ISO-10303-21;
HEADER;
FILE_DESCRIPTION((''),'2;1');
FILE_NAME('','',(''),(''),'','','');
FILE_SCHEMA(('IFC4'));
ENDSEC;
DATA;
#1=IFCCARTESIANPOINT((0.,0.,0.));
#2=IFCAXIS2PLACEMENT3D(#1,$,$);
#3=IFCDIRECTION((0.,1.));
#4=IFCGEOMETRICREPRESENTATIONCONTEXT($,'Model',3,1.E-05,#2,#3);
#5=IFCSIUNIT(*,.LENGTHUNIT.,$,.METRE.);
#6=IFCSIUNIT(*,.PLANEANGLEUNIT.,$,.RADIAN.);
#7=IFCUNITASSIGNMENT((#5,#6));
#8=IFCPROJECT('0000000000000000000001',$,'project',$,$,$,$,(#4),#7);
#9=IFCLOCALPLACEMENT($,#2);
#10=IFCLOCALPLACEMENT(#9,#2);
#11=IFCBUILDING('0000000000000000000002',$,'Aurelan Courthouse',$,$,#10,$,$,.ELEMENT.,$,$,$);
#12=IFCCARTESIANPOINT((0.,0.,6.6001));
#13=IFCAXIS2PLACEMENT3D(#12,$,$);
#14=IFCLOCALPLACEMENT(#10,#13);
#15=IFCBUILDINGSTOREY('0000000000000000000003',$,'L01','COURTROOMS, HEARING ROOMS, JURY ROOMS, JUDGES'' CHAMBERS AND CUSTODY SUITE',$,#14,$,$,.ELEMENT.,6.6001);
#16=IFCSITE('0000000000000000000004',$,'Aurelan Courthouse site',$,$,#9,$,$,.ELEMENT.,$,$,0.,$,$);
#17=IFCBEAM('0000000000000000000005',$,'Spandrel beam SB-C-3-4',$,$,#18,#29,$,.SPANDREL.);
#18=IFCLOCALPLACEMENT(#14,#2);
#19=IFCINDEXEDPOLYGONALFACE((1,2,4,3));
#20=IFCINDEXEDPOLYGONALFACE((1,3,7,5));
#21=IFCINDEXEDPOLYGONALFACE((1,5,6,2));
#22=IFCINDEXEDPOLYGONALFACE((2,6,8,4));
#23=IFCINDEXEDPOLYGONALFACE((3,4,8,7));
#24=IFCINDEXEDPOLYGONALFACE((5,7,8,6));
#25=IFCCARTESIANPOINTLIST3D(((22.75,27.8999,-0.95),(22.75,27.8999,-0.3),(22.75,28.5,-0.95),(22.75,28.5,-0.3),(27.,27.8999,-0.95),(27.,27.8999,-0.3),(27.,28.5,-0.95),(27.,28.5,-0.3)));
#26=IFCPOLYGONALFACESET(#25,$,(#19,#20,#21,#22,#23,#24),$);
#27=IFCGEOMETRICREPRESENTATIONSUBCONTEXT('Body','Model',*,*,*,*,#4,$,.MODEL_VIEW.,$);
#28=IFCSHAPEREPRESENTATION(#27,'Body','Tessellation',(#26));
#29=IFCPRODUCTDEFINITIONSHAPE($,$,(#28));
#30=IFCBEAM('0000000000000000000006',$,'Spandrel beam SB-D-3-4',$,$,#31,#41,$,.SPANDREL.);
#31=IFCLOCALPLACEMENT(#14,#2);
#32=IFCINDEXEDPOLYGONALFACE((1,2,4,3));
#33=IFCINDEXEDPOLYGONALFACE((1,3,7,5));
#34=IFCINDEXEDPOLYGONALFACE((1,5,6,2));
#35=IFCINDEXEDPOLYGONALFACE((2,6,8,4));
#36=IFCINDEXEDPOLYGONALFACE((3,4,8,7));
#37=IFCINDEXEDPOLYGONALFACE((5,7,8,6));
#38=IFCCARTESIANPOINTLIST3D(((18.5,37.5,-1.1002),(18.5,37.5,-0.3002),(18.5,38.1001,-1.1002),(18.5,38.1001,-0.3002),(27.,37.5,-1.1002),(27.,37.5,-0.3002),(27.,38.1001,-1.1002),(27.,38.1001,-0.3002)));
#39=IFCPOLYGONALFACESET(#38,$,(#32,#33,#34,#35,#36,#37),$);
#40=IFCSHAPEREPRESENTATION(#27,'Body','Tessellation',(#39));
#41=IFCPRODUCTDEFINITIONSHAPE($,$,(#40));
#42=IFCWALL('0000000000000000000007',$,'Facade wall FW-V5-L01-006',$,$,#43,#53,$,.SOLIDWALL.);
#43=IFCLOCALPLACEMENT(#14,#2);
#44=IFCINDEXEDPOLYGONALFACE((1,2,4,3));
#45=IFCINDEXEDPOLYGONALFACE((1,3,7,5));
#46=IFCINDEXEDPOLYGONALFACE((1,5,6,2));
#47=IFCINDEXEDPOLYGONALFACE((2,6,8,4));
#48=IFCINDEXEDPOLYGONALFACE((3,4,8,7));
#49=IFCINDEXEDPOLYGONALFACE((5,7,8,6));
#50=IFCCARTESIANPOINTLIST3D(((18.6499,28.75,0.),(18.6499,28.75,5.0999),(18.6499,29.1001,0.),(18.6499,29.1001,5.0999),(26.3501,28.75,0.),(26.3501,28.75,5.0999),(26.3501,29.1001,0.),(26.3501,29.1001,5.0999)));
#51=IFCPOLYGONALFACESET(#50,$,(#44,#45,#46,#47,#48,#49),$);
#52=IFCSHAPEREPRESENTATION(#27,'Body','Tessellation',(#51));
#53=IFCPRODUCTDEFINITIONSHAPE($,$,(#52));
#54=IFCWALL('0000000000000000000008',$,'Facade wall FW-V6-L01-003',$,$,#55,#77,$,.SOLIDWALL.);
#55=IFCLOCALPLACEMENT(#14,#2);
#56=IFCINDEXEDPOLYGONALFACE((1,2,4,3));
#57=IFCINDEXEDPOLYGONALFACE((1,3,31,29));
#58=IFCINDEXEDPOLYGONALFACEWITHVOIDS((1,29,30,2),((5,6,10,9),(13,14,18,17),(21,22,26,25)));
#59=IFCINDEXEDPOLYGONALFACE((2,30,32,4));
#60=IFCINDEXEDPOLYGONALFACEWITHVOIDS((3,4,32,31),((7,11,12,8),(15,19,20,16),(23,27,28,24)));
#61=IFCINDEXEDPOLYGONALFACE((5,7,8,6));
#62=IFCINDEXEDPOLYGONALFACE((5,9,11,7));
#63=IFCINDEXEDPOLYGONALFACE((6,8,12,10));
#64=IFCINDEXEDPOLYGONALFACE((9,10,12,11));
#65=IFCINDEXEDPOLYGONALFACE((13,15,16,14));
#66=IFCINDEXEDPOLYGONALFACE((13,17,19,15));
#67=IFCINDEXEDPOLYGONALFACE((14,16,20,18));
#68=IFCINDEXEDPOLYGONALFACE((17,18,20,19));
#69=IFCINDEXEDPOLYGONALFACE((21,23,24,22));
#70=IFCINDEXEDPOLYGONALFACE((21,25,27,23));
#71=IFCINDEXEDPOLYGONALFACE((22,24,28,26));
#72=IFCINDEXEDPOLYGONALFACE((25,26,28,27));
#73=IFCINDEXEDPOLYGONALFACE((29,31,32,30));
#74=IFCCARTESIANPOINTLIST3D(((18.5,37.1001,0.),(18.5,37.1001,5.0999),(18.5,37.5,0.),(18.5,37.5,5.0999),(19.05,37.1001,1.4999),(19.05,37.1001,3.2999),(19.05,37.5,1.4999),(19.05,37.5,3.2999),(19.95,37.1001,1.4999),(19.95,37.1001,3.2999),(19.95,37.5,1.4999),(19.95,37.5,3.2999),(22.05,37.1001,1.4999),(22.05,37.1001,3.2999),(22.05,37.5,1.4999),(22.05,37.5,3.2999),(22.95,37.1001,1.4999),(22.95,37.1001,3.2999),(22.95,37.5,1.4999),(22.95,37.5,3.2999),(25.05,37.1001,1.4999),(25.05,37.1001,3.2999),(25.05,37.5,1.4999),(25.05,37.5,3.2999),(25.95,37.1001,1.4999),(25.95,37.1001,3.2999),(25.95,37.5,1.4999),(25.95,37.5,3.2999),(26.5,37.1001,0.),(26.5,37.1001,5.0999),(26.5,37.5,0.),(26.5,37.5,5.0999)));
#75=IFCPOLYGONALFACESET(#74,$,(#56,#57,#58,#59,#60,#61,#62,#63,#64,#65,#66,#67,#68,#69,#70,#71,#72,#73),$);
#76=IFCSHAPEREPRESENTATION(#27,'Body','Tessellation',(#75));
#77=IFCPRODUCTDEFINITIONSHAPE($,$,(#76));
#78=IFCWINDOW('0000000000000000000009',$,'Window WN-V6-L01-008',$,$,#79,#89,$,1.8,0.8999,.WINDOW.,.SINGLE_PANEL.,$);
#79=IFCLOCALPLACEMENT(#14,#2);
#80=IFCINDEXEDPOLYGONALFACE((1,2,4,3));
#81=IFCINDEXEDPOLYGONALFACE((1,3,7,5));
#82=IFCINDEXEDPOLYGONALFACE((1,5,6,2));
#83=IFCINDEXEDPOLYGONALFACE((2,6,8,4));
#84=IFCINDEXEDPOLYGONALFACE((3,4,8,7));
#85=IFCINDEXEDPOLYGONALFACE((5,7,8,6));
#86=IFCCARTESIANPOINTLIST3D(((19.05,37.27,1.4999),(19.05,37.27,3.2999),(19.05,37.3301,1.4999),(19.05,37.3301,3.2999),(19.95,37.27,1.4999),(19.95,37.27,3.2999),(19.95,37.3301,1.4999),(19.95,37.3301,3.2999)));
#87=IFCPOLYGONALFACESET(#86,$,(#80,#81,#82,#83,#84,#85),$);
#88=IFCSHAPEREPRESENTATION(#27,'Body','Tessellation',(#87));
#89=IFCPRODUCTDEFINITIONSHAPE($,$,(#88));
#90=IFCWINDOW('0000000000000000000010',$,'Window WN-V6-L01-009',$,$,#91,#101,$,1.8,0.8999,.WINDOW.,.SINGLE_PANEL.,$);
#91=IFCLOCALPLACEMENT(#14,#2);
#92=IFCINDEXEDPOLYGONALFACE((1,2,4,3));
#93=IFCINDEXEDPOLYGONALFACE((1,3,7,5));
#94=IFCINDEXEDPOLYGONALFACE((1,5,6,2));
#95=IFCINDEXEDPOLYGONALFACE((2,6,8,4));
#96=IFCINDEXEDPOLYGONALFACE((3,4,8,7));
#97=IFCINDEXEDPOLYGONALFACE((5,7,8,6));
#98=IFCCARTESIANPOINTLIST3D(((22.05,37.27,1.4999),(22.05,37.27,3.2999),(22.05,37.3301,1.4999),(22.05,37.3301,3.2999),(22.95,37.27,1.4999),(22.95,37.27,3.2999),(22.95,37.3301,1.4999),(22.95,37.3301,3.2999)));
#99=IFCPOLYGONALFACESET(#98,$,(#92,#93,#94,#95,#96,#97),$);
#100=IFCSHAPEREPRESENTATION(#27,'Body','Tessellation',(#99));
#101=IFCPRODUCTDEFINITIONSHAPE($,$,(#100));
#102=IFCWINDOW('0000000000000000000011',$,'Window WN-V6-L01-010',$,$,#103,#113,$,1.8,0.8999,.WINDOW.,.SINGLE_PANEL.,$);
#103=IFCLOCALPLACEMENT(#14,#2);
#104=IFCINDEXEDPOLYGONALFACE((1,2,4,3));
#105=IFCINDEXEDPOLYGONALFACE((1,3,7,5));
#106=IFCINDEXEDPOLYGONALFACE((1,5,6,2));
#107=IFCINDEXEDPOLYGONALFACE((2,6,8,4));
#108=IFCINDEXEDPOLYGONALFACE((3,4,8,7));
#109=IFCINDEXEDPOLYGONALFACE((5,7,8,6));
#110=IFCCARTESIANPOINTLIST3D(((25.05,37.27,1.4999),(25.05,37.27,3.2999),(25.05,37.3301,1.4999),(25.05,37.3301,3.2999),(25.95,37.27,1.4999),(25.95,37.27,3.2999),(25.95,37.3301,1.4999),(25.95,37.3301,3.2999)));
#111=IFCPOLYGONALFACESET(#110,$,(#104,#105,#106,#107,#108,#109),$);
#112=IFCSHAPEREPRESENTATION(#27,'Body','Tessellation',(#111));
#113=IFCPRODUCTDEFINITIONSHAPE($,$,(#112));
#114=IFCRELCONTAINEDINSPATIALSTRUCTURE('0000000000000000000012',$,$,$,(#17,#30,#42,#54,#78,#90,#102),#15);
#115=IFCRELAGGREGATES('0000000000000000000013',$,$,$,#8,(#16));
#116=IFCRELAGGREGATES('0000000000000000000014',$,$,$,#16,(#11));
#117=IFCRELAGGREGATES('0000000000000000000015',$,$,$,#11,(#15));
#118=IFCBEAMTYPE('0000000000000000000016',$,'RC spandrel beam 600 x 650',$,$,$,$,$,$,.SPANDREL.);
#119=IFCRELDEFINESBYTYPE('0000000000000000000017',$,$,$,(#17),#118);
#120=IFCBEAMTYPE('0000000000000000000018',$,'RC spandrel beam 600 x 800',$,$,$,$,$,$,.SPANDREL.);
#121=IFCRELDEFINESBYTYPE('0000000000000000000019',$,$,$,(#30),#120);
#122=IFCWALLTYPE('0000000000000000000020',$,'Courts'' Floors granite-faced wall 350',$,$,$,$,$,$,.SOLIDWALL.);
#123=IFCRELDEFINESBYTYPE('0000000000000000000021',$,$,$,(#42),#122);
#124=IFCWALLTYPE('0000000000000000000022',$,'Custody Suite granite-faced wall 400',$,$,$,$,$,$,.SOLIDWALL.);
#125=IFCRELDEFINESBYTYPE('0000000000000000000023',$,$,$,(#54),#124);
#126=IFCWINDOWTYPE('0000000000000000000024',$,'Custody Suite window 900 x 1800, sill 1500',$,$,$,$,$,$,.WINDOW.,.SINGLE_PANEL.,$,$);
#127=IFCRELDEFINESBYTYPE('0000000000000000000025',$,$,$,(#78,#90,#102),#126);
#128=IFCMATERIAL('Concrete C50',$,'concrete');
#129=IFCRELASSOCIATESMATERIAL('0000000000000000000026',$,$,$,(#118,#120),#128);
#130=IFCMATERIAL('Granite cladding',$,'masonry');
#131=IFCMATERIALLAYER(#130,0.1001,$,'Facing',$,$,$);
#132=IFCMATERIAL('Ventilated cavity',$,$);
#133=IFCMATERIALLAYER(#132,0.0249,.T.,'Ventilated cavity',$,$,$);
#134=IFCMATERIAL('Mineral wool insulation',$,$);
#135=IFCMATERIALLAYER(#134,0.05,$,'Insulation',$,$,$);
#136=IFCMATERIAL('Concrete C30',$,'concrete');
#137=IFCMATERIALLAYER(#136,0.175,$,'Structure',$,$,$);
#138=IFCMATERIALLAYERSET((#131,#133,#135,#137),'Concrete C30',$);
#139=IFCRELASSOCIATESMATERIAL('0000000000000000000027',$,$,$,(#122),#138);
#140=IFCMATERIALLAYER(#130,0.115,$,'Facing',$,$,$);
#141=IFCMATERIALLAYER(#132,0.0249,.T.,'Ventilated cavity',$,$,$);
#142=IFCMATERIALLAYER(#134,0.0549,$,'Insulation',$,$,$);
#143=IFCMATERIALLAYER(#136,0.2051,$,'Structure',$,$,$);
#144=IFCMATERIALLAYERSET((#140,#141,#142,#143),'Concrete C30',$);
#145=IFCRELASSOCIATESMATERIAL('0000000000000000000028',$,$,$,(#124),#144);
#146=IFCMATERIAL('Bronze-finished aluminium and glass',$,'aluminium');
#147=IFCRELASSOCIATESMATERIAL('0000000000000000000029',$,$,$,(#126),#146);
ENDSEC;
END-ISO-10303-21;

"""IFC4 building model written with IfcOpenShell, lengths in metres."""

from ifc_helpers import new_model, si_unit, direction, frame, frame_2d, origin, origin_2d, place, context, subcontext, project, spatial, rectangle, extrude, material, layer, layer_set, material_profile, profile_set, type_object, element, fill, save


model = new_model("IFC4")

# Units and contexts
model_context = context("Model", 3, precision=1e-05, world=origin(), true_north=direction((0.0, 1.0)))
body_context = subcontext(model_context, "Body", "Model", "MODEL_VIEW")
ifc_project = project(units=[si_unit("LENGTHUNIT", "METRE"), si_unit("PLANEANGLEUNIT", "RADIAN")], contexts=[model_context])

# Site, building, storey
site_placement = place(None, origin())
site = spatial("IfcSite", under=ifc_project, at=site_placement, Name="Aurelan Courthouse site", CompositionType="ELEMENT", RefElevation=0.0)
building_placement = place(site_placement, origin())
building = spatial("IfcBuilding", under=site, at=building_placement, Name="Aurelan Courthouse", CompositionType="ELEMENT")
storey_placement = place(building_placement, frame((0.0, 0.0, 6.6001)))
storey = spatial("IfcBuildingStorey", under=building, at=storey_placement, Name="L01", Description="COURTROOMS, HEARING ROOMS, JURY ROOMS, JUDGES' CHAMBERS AND CUSTODY SUITE", CompositionType="ELEMENT", Elevation=6.6001)

# Shared definitions
ifc_material_1 = material(Name="Concrete C50", Category="concrete")

# Shared definitions
ifc_material_2 = material(Name="Bronze-finished aluminium and glass", Category="aluminium")

# Beams
ifc_material_profile_1 = material_profile(ifc_material_1, rectangle(XDim=0.6001, YDim=0.6499, at=origin_2d()), Name="RC 600 x 650")
ifc_profile_set_1 = profile_set([ifc_material_profile_1], Name="Concrete C50")
beam_type_1 = type_object("IfcBeamType", Name="RC spandrel beam 600 x 650", PredefinedType="SPANDREL", material=ifc_profile_set_1)
beam_1_placement = place(storey_placement, frame((22.75, 28.2, -0.625), z_axis=(1.0, 0.0, 0.0), x_axis=(0.0, 1.0, 0.0)))
element("IfcBeam", 1, at=beam_1_placement, inside=storey, type_object=beam_type_1, Name="Spandrel beam SB-C-3-4", PredefinedType="SPANDREL", context=body_context, shape_type="SweptSolid", body=[
    extrude(rectangle(XDim=0.6001, YDim=0.6499, at=origin_2d()), origin(), (0.0, 0.0, 1.0), 4.25),
])
ifc_material_profile_2 = material_profile(ifc_material_1, rectangle(XDim=0.6001, YDim=0.8, at=origin_2d()), Name="RC 600 x 800")
ifc_profile_set_2 = profile_set([ifc_material_profile_2], Name="Concrete C50")
beam_type_2 = type_object("IfcBeamType", Name="RC spandrel beam 600 x 800", PredefinedType="SPANDREL", material=ifc_profile_set_2)
beam_2_placement = place(storey_placement, frame((18.5, 37.8, -0.7002), z_axis=(1.0, 0.0, 0.0), x_axis=(0.0, 1.0, 0.0)))
element("IfcBeam", 2, at=beam_2_placement, inside=storey, type_object=beam_type_2, Name="Spandrel beam SB-D-3-4", PredefinedType="SPANDREL", context=body_context, shape_type="SweptSolid", body=[
    extrude(rectangle(XDim=0.6001, YDim=0.8, at=origin_2d()), origin(), (0.0, 0.0, 1.0), 8.5),
])

# Wall
ifc_material_3 = material(Name="Granite cladding", Category="masonry")
ifc_layer_1 = layer(ifc_material_3, 0.1001, Name="Facing")
ifc_material_4 = material(Name="Ventilated cavity")
ifc_layer_2 = layer(ifc_material_4, 0.0249, ventilated=True, Name="Ventilated cavity")
ifc_material_5 = material(Name="Mineral wool insulation")
ifc_layer_3 = layer(ifc_material_5, 0.05, Name="Insulation")
ifc_material_6 = material(Name="Concrete C30", Category="concrete")
ifc_layer_4 = layer(ifc_material_6, 0.175, Name="Structure")
ifc_layer_set_1 = layer_set([ifc_layer_1, ifc_layer_2, ifc_layer_3, ifc_layer_4], Name="Concrete C30")
wall_type_1 = type_object("IfcWallType", Name="Courts' Floors granite-faced wall 350", PredefinedType="SOLIDWALL", material=ifc_layer_set_1)
wall_1_placement = place(storey_placement, frame((18.6499, 28.925, 0.0), z_axis=(0.0, 0.0, 1.0), x_axis=(1.0, 0.0, 0.0)))
element("IfcWall", 3, at=wall_1_placement, inside=storey, type_object=wall_type_1, Name="Facade wall FW-V5-L01-006", PredefinedType="SOLIDWALL", context=body_context, shape_type="SweptSolid", body=[
    extrude(rectangle(XDim=7.7002, YDim=0.3501, at=frame_2d((3.8501, 0.0))), origin(), (0.0, 0.0, 1.0), 5.0999),
])

# Wall, openings, windows
ifc_layer_5 = layer(ifc_material_3, 0.115, Name="Facing")
ifc_layer_6 = layer(ifc_material_4, 0.0249, ventilated=True, Name="Ventilated cavity")
ifc_layer_7 = layer(ifc_material_5, 0.0549, Name="Insulation")
ifc_layer_8 = layer(ifc_material_6, 0.2051, Name="Structure")
ifc_layer_set_2 = layer_set([ifc_layer_5, ifc_layer_6, ifc_layer_7, ifc_layer_8], Name="Concrete C30")
wall_type_2 = type_object("IfcWallType", Name="Custody Suite granite-faced wall 400", PredefinedType="SOLIDWALL", material=ifc_layer_set_2)
wall_2_placement = place(storey_placement, frame((18.5, 37.3, 0.0), z_axis=(0.0, 0.0, 1.0), x_axis=(1.0, 0.0, 0.0)))
wall_2 = element("IfcWall", 4, at=wall_2_placement, inside=storey, type_object=wall_type_2, Name="Facade wall FW-V6-L01-003", PredefinedType="SOLIDWALL", context=body_context, shape_type="SweptSolid", body=[
    extrude(rectangle(XDim=8.0, YDim=0.3999, at=frame_2d((4.0, 0.0))), origin(), (0.0, 0.0, 1.0), 5.0999),
])
opening_1_placement = place(wall_2_placement, frame((0.55, 0.0, 1.5)))
opening_1 = element("IfcOpeningElement", 5, at=opening_1_placement, cuts=wall_2, PredefinedType="OPENING", context=body_context, shape_type="SweptSolid", body=[
    extrude(rectangle(XDim=0.8999, YDim=1.8, at=frame_2d((0.45, 0.8999))), frame((0.0, 0.21, 0.0), z_axis=(0.0, -1.0, 0.0), x_axis=(1.0, 0.0, 0.0)), (0.0, 0.0, 1.0), 0.4199),
])
opening_2_placement = place(wall_2_placement, frame((3.55, 0.0, 1.5)))
opening_2 = element("IfcOpeningElement", 6, at=opening_2_placement, cuts=wall_2, PredefinedType="OPENING", context=body_context, shape_type="SweptSolid", body=[
    extrude(rectangle(XDim=0.8999, YDim=1.8, at=frame_2d((0.45, 0.8999))), frame((0.0, 0.21, 0.0), z_axis=(0.0, -1.0, 0.0), x_axis=(1.0, 0.0, 0.0)), (0.0, 0.0, 1.0), 0.4199),
])
opening_3_placement = place(wall_2_placement, frame((6.55, 0.0, 1.5)))
opening_3 = element("IfcOpeningElement", 7, at=opening_3_placement, cuts=wall_2, PredefinedType="OPENING", context=body_context, shape_type="SweptSolid", body=[
    extrude(rectangle(XDim=0.8999, YDim=1.8, at=frame_2d((0.45, 0.8999))), frame((0.0, 0.21, 0.0), z_axis=(0.0, -1.0, 0.0), x_axis=(1.0, 0.0, 0.0)), (0.0, 0.0, 1.0), 0.4199),
])
window_type = type_object("IfcWindowType", Name="Custody Suite window 900 x 1800, sill 1500", PartitioningType="SINGLE_PANEL", PredefinedType="WINDOW", material=ifc_material_2)
window_1_placement = place(opening_1_placement, origin())
window_1 = element("IfcWindow", 8, at=window_1_placement, inside=storey, type_object=window_type, Name="Window WN-V6-L01-008", OverallHeight=1.8, OverallWidth=0.8999, PartitioningType="SINGLE_PANEL", PredefinedType="WINDOW", context=body_context, shape_type="SweptSolid", body=[
    extrude(rectangle(XDim=0.8999, YDim=1.8, at=frame_2d((0.45, 0.8999))), frame((0.0, 0.03, 0.0), z_axis=(0.0, -1.0, 0.0), x_axis=(1.0, 0.0, 0.0)), (0.0, 0.0, 1.0), 0.0601),
])
fill(opening_1, window_1)
window_2_placement = place(opening_2_placement, origin())
window_2 = element("IfcWindow", 9, at=window_2_placement, inside=storey, type_object=window_type, Name="Window WN-V6-L01-009", OverallHeight=1.8, OverallWidth=0.8999, PartitioningType="SINGLE_PANEL", PredefinedType="WINDOW", context=body_context, shape_type="SweptSolid", body=[
    extrude(rectangle(XDim=0.8999, YDim=1.8, at=frame_2d((0.45, 0.8999))), frame((0.0, 0.03, 0.0), z_axis=(0.0, -1.0, 0.0), x_axis=(1.0, 0.0, 0.0)), (0.0, 0.0, 1.0), 0.0601),
])
fill(opening_2, window_2)
window_3_placement = place(opening_3_placement, origin())
window_3 = element("IfcWindow", 10, at=window_3_placement, inside=storey, type_object=window_type, Name="Window WN-V6-L01-010", OverallHeight=1.8, OverallWidth=0.8999, PartitioningType="SINGLE_PANEL", PredefinedType="WINDOW", context=body_context, shape_type="SweptSolid", body=[
    extrude(rectangle(XDim=0.8999, YDim=1.8, at=frame_2d((0.45, 0.8999))), frame((0.0, 0.03, 0.0), z_axis=(0.0, -1.0, 0.0), x_axis=(1.0, 0.0, 0.0)), (0.0, 0.0, 1.0), 0.0601),
])
fill(opening_3, window_3)

save(model, "model.ifc")
